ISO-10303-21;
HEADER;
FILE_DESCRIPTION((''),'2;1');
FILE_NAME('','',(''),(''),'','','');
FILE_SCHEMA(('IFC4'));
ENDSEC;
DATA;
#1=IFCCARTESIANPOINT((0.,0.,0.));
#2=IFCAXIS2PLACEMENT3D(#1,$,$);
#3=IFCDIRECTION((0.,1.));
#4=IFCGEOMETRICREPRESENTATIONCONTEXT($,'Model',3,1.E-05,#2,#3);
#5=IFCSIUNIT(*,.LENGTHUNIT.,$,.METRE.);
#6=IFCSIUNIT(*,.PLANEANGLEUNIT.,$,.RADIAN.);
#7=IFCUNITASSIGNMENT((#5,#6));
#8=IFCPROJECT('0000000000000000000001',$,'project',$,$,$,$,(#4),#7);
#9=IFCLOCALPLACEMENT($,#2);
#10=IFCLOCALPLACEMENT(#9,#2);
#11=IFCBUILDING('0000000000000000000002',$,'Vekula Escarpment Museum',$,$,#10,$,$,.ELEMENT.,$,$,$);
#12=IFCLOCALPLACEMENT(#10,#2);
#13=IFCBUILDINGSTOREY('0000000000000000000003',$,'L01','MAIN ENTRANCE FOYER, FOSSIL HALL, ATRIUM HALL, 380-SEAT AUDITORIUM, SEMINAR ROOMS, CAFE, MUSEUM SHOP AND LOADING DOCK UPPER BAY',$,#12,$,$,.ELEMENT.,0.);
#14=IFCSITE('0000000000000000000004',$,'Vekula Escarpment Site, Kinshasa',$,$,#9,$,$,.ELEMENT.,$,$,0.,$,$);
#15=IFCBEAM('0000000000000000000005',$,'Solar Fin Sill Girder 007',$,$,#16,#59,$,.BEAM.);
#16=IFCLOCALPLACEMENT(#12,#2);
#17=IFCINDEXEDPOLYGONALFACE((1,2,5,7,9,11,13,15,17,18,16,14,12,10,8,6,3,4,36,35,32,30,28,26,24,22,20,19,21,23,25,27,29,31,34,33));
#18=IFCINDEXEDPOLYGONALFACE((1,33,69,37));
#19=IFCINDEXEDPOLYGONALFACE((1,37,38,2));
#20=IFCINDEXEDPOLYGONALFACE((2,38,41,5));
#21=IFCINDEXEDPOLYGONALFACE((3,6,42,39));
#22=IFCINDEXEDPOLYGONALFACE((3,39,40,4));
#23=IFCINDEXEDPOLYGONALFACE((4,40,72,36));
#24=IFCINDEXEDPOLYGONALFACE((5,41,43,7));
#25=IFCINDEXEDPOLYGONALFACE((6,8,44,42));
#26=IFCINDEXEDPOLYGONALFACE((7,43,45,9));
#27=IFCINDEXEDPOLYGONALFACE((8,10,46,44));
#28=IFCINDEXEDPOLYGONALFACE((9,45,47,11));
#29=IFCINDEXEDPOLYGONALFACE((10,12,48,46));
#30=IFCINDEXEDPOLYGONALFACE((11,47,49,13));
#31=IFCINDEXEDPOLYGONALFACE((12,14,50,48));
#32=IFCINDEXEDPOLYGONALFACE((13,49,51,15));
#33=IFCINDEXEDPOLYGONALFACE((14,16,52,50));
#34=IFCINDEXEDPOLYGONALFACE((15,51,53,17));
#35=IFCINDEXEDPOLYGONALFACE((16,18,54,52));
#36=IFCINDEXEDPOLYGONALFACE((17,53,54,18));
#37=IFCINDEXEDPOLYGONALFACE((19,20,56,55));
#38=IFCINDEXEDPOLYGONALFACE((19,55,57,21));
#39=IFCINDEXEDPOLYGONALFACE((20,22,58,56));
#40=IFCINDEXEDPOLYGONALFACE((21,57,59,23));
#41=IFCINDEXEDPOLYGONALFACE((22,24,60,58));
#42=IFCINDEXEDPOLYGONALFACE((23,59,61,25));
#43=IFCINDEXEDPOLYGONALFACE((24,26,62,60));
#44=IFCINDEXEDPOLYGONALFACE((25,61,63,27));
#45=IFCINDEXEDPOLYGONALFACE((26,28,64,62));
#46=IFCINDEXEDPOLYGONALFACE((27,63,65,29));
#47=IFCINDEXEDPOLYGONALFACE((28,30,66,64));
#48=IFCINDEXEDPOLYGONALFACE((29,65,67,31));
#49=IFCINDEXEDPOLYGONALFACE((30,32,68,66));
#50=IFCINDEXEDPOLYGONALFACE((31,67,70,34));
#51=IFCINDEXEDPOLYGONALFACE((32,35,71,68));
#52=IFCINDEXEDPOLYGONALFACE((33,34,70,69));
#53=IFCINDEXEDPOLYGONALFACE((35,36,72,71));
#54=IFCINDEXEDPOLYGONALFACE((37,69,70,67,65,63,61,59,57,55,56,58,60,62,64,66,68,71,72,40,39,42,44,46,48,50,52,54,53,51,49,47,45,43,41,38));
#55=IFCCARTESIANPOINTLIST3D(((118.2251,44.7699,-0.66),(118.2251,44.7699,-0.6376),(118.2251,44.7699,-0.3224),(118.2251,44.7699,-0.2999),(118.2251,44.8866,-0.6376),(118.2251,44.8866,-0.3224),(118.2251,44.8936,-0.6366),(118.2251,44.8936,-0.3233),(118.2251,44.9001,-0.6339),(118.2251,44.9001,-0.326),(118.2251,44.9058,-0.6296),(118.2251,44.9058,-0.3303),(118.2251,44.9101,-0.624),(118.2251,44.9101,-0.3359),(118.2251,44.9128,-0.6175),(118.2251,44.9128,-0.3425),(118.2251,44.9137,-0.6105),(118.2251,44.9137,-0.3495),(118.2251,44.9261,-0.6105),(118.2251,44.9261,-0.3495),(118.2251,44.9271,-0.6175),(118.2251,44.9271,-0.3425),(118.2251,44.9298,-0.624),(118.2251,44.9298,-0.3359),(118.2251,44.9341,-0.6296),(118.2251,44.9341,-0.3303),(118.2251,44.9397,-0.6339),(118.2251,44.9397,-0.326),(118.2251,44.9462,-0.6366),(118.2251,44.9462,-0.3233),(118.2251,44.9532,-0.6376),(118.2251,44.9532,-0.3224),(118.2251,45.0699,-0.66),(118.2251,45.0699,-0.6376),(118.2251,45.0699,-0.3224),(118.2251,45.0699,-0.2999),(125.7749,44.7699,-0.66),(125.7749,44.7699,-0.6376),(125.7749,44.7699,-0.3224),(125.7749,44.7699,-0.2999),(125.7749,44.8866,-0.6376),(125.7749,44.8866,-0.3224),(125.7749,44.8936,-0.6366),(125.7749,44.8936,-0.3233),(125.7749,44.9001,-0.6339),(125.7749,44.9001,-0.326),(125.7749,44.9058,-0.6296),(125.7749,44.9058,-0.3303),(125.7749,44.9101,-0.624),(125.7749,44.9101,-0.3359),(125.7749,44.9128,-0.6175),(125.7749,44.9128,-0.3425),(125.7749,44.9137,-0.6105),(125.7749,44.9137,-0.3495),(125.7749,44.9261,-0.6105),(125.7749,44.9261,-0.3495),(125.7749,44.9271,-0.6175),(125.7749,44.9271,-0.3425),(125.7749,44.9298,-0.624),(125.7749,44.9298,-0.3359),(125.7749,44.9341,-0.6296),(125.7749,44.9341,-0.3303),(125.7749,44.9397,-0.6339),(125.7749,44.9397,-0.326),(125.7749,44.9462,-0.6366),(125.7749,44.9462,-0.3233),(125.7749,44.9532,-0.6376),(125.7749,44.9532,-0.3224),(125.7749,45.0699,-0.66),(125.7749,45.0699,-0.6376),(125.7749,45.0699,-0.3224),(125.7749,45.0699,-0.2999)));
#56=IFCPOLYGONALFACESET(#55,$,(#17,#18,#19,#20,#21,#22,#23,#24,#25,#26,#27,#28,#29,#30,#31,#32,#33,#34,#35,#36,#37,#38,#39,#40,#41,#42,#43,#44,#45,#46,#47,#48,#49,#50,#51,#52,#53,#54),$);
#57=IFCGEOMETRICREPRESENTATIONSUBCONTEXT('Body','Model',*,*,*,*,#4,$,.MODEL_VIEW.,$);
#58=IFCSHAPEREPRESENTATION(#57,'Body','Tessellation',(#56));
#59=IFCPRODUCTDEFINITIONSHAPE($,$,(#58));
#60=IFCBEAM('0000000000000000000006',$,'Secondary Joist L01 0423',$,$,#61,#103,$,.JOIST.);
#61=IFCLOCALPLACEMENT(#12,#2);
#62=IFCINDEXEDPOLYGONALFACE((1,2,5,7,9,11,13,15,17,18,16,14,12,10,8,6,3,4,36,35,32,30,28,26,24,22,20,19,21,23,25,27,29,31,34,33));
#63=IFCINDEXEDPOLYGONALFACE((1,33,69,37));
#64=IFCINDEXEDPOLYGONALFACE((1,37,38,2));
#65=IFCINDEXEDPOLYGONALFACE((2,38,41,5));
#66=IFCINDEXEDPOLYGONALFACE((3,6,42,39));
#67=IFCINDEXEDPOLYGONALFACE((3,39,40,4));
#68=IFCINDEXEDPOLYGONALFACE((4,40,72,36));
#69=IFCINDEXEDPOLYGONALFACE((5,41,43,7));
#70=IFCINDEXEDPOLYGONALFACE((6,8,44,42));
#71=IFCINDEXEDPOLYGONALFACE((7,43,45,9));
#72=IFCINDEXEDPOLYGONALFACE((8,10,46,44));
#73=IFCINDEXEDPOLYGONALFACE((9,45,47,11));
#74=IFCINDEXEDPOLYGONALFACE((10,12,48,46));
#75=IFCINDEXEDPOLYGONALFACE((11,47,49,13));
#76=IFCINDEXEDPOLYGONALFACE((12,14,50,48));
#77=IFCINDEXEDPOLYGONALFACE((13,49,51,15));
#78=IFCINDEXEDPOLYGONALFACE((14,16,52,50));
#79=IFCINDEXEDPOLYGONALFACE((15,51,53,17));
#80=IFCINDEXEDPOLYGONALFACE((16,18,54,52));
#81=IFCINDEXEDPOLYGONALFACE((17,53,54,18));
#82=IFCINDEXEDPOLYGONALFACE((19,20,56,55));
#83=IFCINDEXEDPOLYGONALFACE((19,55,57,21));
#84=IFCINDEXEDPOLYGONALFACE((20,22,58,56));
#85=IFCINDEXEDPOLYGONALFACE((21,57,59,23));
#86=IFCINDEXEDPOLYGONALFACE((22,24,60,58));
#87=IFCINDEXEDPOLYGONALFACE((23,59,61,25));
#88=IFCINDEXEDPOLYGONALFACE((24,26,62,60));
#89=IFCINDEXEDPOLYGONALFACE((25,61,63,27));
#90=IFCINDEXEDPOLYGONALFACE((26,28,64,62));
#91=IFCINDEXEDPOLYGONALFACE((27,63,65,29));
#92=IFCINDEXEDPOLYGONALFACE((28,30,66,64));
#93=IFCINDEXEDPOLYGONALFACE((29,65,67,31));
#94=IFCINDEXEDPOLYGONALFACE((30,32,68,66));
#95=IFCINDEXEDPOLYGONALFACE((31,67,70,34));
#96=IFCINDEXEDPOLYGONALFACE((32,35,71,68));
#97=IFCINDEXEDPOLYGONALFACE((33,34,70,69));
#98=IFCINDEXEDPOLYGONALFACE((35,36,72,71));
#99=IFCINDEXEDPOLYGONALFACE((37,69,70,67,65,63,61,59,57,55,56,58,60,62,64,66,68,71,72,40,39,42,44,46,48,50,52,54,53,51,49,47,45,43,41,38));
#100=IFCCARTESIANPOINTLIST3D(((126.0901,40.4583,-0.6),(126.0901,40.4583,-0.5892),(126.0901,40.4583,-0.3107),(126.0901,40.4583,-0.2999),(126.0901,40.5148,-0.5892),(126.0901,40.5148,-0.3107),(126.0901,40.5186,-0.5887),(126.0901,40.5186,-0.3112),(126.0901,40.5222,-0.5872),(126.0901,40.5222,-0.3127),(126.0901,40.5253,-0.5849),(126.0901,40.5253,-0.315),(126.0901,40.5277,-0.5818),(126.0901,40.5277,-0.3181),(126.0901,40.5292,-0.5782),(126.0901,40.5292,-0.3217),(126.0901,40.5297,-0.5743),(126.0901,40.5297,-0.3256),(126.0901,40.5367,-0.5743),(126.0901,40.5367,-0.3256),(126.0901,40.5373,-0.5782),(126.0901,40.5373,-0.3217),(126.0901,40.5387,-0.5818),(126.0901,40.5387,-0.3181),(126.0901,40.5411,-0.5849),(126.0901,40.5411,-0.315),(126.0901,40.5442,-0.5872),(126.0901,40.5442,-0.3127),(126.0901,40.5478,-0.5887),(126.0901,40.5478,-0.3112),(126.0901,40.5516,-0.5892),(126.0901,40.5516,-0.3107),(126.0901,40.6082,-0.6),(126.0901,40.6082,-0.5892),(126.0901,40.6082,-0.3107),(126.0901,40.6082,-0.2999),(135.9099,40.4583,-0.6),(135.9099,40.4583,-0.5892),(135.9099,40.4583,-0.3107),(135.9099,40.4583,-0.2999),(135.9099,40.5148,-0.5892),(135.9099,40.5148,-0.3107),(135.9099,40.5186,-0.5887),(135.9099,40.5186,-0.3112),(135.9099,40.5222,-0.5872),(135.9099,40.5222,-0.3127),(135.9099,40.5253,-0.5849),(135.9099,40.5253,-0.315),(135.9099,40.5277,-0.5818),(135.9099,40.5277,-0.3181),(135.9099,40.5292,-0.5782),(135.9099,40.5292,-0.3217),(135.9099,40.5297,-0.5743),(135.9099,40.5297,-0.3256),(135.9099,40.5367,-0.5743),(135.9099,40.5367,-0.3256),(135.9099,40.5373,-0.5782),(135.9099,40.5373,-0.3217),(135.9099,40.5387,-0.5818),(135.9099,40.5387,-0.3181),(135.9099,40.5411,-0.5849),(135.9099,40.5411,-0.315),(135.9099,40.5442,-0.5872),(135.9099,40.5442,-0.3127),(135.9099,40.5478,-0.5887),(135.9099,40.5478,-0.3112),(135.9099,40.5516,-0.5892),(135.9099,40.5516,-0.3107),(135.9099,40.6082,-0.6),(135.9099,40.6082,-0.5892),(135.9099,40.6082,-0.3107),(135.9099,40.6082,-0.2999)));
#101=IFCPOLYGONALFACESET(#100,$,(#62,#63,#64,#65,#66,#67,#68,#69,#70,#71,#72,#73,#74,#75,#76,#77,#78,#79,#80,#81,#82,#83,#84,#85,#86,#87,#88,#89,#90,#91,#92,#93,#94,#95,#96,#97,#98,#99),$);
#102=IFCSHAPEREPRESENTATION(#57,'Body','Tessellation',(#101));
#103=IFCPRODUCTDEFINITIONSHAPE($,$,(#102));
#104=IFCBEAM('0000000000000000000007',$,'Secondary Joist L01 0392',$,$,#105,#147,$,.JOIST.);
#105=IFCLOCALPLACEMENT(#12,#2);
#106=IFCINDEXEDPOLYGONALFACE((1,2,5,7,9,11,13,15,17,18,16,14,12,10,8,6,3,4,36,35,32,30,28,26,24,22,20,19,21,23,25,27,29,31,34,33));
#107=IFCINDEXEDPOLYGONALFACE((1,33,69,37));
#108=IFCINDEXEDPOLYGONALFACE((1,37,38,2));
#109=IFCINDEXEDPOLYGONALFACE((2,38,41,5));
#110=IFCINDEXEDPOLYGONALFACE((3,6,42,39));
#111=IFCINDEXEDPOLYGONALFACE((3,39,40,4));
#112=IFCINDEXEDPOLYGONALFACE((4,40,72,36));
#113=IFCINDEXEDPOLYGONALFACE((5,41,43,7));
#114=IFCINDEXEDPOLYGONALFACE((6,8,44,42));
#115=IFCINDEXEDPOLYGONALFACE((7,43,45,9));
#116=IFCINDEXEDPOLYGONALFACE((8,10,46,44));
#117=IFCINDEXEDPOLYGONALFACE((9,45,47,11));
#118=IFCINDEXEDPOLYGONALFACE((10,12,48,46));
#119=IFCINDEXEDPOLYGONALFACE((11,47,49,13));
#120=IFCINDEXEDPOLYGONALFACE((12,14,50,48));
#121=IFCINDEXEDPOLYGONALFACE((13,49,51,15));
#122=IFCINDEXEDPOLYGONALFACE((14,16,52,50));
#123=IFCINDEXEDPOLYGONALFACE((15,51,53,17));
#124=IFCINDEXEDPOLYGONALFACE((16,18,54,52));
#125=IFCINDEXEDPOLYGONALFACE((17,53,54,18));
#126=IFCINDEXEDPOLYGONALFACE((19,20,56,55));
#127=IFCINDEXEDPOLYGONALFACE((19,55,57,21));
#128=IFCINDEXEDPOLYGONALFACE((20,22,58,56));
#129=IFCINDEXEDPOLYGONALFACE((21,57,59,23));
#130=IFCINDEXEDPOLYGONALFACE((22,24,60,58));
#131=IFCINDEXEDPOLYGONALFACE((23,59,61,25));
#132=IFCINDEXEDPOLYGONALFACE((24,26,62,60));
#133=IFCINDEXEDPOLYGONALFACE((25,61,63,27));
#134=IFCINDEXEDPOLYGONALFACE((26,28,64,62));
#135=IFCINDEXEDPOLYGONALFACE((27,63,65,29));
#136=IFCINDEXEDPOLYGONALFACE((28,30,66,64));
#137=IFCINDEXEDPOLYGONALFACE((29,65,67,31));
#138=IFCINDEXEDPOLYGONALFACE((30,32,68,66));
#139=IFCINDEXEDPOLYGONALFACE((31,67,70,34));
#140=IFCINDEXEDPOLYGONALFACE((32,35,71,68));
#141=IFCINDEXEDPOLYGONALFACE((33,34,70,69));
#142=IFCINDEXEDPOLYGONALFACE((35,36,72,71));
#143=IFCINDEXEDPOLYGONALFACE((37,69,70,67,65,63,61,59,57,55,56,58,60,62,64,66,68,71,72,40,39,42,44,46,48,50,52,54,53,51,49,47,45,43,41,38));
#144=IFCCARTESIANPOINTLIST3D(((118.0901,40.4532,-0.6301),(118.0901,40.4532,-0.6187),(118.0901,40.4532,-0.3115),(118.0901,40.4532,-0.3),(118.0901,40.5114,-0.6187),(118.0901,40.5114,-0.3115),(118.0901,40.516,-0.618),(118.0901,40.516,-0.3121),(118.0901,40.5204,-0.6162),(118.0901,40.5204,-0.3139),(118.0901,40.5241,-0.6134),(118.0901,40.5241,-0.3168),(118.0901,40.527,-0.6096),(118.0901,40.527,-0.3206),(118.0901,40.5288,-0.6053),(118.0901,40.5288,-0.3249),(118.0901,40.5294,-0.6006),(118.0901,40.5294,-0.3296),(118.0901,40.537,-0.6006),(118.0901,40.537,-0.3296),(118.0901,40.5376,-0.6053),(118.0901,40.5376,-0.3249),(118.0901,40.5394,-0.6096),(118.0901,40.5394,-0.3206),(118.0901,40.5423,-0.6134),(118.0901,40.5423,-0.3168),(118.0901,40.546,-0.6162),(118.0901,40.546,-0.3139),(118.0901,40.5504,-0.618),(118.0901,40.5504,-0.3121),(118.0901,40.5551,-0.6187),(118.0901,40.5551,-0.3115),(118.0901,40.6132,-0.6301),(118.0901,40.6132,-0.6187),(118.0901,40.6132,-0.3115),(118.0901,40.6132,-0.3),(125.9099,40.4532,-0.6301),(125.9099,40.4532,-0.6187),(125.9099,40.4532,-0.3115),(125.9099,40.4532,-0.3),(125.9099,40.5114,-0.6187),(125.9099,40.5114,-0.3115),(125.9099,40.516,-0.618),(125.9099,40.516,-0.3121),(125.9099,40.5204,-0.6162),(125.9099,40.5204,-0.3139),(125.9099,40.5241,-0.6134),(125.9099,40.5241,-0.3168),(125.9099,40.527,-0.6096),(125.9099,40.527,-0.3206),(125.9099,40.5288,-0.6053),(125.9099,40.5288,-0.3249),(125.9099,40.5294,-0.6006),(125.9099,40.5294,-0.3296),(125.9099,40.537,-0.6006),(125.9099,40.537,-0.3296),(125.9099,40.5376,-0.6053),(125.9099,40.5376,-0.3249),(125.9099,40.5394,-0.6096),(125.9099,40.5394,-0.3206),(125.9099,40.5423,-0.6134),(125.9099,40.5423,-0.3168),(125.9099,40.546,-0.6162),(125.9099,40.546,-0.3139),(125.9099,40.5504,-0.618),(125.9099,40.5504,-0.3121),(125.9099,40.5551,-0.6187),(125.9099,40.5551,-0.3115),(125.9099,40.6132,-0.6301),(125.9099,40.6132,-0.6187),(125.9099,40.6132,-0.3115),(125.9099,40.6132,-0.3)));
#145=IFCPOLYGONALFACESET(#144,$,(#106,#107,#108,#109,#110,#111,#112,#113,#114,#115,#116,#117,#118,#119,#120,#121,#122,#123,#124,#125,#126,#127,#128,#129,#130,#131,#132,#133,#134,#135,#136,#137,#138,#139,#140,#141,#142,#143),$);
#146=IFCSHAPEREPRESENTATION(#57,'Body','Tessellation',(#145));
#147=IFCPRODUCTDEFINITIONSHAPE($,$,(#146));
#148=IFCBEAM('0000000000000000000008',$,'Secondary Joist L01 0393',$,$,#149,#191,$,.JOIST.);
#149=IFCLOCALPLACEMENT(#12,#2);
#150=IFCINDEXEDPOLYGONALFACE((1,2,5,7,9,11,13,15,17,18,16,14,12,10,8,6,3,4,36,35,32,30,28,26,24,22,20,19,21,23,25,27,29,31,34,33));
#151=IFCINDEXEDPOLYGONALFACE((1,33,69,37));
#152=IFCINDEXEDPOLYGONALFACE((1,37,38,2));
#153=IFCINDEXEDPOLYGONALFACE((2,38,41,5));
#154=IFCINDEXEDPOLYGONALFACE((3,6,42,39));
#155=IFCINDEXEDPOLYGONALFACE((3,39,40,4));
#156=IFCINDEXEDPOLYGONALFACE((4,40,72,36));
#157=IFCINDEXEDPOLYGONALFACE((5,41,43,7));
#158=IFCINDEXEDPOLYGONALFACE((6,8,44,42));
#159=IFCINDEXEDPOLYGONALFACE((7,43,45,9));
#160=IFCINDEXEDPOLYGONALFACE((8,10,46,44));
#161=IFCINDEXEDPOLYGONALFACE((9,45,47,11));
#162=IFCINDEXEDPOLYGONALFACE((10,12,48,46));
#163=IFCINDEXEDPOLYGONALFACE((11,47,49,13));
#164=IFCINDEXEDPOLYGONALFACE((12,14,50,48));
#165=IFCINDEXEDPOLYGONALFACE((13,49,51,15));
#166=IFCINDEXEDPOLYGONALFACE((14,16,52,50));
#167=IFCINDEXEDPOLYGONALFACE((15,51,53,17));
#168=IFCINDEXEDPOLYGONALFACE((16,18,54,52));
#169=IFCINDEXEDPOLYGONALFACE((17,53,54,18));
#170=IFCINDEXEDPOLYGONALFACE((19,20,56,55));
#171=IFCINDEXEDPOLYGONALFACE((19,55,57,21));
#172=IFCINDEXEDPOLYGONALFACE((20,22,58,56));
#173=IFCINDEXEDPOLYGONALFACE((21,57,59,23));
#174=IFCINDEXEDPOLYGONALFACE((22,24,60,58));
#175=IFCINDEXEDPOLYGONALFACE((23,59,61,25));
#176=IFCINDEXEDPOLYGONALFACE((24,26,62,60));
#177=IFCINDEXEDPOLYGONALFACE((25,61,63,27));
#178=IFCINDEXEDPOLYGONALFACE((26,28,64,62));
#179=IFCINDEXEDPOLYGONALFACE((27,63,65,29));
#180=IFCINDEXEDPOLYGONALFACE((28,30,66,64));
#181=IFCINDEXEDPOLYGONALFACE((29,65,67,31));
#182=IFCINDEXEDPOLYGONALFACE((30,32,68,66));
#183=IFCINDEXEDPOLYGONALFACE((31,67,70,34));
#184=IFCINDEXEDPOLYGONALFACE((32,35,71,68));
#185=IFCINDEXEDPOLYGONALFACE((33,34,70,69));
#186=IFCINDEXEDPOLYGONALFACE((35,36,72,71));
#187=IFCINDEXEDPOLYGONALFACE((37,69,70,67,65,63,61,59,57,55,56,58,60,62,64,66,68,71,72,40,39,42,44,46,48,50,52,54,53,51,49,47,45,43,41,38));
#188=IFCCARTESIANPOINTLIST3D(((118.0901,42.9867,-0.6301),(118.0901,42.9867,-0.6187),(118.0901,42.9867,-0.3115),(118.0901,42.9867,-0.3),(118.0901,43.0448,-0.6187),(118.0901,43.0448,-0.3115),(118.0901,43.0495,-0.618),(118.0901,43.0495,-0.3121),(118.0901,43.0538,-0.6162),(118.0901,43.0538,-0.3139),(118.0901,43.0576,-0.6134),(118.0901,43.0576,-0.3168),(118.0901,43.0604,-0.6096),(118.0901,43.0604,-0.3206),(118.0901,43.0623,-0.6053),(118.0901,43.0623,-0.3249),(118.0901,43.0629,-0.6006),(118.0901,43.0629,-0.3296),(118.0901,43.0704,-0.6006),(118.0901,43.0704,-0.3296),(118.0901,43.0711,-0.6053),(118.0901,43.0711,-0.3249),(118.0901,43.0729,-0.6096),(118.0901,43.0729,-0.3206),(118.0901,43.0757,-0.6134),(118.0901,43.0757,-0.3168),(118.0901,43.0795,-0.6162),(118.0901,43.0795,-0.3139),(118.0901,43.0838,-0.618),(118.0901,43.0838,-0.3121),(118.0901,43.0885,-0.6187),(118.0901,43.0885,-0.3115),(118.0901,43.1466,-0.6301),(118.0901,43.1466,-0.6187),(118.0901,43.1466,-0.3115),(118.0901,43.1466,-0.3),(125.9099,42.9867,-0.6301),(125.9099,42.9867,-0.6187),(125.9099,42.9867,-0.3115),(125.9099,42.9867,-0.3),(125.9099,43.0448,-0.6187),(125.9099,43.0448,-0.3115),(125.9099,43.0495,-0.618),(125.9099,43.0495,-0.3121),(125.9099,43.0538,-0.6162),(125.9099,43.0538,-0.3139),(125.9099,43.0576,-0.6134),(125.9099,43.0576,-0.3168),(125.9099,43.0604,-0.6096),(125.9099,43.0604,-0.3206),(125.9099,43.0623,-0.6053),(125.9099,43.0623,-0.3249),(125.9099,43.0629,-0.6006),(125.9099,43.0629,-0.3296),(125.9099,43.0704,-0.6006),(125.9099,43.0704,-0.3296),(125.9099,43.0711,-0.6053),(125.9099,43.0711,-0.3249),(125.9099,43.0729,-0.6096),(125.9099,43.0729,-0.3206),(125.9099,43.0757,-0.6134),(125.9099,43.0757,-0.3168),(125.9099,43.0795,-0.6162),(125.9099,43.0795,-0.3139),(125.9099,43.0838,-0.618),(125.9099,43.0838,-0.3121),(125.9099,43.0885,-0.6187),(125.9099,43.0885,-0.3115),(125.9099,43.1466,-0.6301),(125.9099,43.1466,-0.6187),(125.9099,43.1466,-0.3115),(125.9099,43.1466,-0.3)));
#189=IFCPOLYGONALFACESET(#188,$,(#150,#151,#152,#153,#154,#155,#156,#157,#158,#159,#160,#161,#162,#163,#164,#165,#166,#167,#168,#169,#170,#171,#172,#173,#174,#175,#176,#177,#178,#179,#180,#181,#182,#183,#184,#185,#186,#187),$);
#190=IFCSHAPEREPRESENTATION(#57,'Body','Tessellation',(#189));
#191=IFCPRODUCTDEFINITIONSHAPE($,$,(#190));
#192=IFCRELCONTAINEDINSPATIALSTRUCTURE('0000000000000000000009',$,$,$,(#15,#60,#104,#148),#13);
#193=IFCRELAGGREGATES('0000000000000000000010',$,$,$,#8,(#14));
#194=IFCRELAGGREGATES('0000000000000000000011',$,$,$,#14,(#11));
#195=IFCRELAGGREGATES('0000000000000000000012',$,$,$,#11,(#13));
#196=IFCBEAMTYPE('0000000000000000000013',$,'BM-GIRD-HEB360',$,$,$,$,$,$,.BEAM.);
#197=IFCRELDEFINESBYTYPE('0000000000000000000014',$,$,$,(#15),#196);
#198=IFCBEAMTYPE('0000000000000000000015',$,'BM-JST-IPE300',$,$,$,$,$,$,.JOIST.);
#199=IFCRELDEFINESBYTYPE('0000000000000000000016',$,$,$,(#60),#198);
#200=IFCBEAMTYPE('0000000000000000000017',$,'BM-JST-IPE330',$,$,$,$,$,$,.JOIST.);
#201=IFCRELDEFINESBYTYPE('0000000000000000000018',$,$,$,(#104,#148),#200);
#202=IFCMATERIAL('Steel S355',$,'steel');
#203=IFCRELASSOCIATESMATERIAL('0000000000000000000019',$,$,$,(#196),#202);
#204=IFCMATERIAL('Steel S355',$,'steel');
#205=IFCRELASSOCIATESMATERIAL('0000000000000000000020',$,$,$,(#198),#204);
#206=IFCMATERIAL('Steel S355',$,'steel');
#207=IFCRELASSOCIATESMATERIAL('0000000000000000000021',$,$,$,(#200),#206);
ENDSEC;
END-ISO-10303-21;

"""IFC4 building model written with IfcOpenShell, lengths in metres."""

from ifc_helpers import new_model, si_unit, direction, frame, origin, origin_2d, place, context, subcontext, project, spatial, i_section, extrude, material, material_profile, profile_set, type_object, element, save


model = new_model("IFC4")

# Units and contexts
model_context = context("Model", 3, precision=1e-05, world=origin(), true_north=direction((0.0, 1.0)))
body_context = subcontext(model_context, "Body", "Model", "MODEL_VIEW")
ifc_project = project(units=[si_unit("LENGTHUNIT", "METRE"), si_unit("PLANEANGLEUNIT", "RADIAN")], contexts=[model_context])

# Site, building, storey
site_placement = place(None, origin())
site = spatial("IfcSite", under=ifc_project, at=site_placement, Name="Vekula Escarpment Site, Kinshasa", CompositionType="ELEMENT", RefElevation=0.0)
building_placement = place(site_placement, origin())
building = spatial("IfcBuilding", under=site, at=building_placement, Name="Vekula Escarpment Museum", CompositionType="ELEMENT")
storey_placement = place(building_placement, origin())
storey = spatial("IfcBuildingStorey", under=building, at=storey_placement, Name="L01", Description="MAIN ENTRANCE FOYER, FOSSIL HALL, ATRIUM HALL, 380-SEAT AUDITORIUM, SEMINAR ROOMS, CAFE, MUSEUM SHOP AND LOADING DOCK UPPER BAY", CompositionType="ELEMENT", Elevation=0.0)

# Beams
ifc_material_1 = material(Name="Steel S355", Category="steel")
ifc_material_profile_1 = material_profile(ifc_material_1, i_section(OverallWidth=0.3, OverallDepth=0.3601, WebThickness=0.0125, FlangeThickness=0.0225, FilletRadius=0.0271, at=origin_2d()), Name="HEB 360")
ifc_profile_set_1 = profile_set([ifc_material_profile_1], Name="Steel S355")
beam_type_1 = type_object("IfcBeamType", Name="BM-GIRD-HEB360", PredefinedType="BEAM", material=ifc_profile_set_1)
beam_1_placement = place(storey_placement, frame((118.2251, 44.9199, -0.48), z_axis=(1.0, 0.0, 0.0), x_axis=(0.0, 1.0, 0.0)))
element("IfcBeam", 1, at=beam_1_placement, inside=storey, type_object=beam_type_1, Name="Solar Fin Sill Girder 007", PredefinedType="BEAM", context=body_context, shape_type="SweptSolid", body=[
    extrude(i_section(OverallWidth=0.3, OverallDepth=0.3601, WebThickness=0.0125, FlangeThickness=0.0225, FilletRadius=0.0271, at=origin_2d()), origin(), (0.0, 0.0, 1.0), 7.5498),
])
ifc_material_2 = material(Name="Steel S355", Category="steel")
ifc_material_profile_2 = material_profile(ifc_material_2, i_section(OverallWidth=0.1499, OverallDepth=0.3, WebThickness=0.0071, FlangeThickness=0.0107, FilletRadius=0.0149, at=origin_2d()), Name="IPE 300")
ifc_profile_set_2 = profile_set([ifc_material_profile_2], Name="Steel S355")
beam_type_2 = type_object("IfcBeamType", Name="BM-JST-IPE300", PredefinedType="JOIST", material=ifc_profile_set_2)
beam_2_placement = place(storey_placement, frame((126.0901, 40.5332, -0.45), z_axis=(1.0, 0.0, 0.0), x_axis=(0.0, 1.0, 0.0)))
element("IfcBeam", 2, at=beam_2_placement, inside=storey, type_object=beam_type_2, Name="Secondary Joist L01 0423", PredefinedType="JOIST", context=body_context, shape_type="SweptSolid", body=[
    extrude(i_section(OverallWidth=0.1499, OverallDepth=0.3, WebThickness=0.0071, FlangeThickness=0.0107, FilletRadius=0.0149, at=origin_2d()), origin(), (0.0, 0.0, 1.0), 9.8198),
])
ifc_material_3 = material(Name="Steel S355", Category="steel")
ifc_material_profile_3 = material_profile(ifc_material_3, i_section(OverallWidth=0.1599, OverallDepth=0.3301, WebThickness=0.0076, FlangeThickness=0.0115, FilletRadius=0.0181, at=origin_2d()), Name="IPE 330")
ifc_profile_set_3 = profile_set([ifc_material_profile_3], Name="Steel S355")
beam_type_3 = type_object("IfcBeamType", Name="BM-JST-IPE330", PredefinedType="JOIST", material=ifc_profile_set_3)
for number, where, z_axis, x_axis, name in (
    (3, (118.0901, 40.5332, -0.4651), (1.0, 0.0, 0.0), (0.0, 1.0, 0.0), "Secondary Joist L01 0392"),
    (4, (118.0901, 43.0667, -0.4651), (1.0, 0.0, 0.0), (0.0, 1.0, 0.0), "Secondary Joist L01 0393"),
):
    element("IfcBeam", number, at=place(storey_placement, frame(where, z_axis=z_axis, x_axis=x_axis)), inside=storey, type_object=beam_type_3, Name=name, PredefinedType="JOIST", context=body_context, shape_type="SweptSolid", body=[
        extrude(i_section(OverallWidth=0.1599, OverallDepth=0.3301, WebThickness=0.0076, FlangeThickness=0.0115, FilletRadius=0.0181, at=origin_2d()), origin(), (0.0, 0.0, 1.0), 7.8198),
    ])

save(model, "model.ifc")
